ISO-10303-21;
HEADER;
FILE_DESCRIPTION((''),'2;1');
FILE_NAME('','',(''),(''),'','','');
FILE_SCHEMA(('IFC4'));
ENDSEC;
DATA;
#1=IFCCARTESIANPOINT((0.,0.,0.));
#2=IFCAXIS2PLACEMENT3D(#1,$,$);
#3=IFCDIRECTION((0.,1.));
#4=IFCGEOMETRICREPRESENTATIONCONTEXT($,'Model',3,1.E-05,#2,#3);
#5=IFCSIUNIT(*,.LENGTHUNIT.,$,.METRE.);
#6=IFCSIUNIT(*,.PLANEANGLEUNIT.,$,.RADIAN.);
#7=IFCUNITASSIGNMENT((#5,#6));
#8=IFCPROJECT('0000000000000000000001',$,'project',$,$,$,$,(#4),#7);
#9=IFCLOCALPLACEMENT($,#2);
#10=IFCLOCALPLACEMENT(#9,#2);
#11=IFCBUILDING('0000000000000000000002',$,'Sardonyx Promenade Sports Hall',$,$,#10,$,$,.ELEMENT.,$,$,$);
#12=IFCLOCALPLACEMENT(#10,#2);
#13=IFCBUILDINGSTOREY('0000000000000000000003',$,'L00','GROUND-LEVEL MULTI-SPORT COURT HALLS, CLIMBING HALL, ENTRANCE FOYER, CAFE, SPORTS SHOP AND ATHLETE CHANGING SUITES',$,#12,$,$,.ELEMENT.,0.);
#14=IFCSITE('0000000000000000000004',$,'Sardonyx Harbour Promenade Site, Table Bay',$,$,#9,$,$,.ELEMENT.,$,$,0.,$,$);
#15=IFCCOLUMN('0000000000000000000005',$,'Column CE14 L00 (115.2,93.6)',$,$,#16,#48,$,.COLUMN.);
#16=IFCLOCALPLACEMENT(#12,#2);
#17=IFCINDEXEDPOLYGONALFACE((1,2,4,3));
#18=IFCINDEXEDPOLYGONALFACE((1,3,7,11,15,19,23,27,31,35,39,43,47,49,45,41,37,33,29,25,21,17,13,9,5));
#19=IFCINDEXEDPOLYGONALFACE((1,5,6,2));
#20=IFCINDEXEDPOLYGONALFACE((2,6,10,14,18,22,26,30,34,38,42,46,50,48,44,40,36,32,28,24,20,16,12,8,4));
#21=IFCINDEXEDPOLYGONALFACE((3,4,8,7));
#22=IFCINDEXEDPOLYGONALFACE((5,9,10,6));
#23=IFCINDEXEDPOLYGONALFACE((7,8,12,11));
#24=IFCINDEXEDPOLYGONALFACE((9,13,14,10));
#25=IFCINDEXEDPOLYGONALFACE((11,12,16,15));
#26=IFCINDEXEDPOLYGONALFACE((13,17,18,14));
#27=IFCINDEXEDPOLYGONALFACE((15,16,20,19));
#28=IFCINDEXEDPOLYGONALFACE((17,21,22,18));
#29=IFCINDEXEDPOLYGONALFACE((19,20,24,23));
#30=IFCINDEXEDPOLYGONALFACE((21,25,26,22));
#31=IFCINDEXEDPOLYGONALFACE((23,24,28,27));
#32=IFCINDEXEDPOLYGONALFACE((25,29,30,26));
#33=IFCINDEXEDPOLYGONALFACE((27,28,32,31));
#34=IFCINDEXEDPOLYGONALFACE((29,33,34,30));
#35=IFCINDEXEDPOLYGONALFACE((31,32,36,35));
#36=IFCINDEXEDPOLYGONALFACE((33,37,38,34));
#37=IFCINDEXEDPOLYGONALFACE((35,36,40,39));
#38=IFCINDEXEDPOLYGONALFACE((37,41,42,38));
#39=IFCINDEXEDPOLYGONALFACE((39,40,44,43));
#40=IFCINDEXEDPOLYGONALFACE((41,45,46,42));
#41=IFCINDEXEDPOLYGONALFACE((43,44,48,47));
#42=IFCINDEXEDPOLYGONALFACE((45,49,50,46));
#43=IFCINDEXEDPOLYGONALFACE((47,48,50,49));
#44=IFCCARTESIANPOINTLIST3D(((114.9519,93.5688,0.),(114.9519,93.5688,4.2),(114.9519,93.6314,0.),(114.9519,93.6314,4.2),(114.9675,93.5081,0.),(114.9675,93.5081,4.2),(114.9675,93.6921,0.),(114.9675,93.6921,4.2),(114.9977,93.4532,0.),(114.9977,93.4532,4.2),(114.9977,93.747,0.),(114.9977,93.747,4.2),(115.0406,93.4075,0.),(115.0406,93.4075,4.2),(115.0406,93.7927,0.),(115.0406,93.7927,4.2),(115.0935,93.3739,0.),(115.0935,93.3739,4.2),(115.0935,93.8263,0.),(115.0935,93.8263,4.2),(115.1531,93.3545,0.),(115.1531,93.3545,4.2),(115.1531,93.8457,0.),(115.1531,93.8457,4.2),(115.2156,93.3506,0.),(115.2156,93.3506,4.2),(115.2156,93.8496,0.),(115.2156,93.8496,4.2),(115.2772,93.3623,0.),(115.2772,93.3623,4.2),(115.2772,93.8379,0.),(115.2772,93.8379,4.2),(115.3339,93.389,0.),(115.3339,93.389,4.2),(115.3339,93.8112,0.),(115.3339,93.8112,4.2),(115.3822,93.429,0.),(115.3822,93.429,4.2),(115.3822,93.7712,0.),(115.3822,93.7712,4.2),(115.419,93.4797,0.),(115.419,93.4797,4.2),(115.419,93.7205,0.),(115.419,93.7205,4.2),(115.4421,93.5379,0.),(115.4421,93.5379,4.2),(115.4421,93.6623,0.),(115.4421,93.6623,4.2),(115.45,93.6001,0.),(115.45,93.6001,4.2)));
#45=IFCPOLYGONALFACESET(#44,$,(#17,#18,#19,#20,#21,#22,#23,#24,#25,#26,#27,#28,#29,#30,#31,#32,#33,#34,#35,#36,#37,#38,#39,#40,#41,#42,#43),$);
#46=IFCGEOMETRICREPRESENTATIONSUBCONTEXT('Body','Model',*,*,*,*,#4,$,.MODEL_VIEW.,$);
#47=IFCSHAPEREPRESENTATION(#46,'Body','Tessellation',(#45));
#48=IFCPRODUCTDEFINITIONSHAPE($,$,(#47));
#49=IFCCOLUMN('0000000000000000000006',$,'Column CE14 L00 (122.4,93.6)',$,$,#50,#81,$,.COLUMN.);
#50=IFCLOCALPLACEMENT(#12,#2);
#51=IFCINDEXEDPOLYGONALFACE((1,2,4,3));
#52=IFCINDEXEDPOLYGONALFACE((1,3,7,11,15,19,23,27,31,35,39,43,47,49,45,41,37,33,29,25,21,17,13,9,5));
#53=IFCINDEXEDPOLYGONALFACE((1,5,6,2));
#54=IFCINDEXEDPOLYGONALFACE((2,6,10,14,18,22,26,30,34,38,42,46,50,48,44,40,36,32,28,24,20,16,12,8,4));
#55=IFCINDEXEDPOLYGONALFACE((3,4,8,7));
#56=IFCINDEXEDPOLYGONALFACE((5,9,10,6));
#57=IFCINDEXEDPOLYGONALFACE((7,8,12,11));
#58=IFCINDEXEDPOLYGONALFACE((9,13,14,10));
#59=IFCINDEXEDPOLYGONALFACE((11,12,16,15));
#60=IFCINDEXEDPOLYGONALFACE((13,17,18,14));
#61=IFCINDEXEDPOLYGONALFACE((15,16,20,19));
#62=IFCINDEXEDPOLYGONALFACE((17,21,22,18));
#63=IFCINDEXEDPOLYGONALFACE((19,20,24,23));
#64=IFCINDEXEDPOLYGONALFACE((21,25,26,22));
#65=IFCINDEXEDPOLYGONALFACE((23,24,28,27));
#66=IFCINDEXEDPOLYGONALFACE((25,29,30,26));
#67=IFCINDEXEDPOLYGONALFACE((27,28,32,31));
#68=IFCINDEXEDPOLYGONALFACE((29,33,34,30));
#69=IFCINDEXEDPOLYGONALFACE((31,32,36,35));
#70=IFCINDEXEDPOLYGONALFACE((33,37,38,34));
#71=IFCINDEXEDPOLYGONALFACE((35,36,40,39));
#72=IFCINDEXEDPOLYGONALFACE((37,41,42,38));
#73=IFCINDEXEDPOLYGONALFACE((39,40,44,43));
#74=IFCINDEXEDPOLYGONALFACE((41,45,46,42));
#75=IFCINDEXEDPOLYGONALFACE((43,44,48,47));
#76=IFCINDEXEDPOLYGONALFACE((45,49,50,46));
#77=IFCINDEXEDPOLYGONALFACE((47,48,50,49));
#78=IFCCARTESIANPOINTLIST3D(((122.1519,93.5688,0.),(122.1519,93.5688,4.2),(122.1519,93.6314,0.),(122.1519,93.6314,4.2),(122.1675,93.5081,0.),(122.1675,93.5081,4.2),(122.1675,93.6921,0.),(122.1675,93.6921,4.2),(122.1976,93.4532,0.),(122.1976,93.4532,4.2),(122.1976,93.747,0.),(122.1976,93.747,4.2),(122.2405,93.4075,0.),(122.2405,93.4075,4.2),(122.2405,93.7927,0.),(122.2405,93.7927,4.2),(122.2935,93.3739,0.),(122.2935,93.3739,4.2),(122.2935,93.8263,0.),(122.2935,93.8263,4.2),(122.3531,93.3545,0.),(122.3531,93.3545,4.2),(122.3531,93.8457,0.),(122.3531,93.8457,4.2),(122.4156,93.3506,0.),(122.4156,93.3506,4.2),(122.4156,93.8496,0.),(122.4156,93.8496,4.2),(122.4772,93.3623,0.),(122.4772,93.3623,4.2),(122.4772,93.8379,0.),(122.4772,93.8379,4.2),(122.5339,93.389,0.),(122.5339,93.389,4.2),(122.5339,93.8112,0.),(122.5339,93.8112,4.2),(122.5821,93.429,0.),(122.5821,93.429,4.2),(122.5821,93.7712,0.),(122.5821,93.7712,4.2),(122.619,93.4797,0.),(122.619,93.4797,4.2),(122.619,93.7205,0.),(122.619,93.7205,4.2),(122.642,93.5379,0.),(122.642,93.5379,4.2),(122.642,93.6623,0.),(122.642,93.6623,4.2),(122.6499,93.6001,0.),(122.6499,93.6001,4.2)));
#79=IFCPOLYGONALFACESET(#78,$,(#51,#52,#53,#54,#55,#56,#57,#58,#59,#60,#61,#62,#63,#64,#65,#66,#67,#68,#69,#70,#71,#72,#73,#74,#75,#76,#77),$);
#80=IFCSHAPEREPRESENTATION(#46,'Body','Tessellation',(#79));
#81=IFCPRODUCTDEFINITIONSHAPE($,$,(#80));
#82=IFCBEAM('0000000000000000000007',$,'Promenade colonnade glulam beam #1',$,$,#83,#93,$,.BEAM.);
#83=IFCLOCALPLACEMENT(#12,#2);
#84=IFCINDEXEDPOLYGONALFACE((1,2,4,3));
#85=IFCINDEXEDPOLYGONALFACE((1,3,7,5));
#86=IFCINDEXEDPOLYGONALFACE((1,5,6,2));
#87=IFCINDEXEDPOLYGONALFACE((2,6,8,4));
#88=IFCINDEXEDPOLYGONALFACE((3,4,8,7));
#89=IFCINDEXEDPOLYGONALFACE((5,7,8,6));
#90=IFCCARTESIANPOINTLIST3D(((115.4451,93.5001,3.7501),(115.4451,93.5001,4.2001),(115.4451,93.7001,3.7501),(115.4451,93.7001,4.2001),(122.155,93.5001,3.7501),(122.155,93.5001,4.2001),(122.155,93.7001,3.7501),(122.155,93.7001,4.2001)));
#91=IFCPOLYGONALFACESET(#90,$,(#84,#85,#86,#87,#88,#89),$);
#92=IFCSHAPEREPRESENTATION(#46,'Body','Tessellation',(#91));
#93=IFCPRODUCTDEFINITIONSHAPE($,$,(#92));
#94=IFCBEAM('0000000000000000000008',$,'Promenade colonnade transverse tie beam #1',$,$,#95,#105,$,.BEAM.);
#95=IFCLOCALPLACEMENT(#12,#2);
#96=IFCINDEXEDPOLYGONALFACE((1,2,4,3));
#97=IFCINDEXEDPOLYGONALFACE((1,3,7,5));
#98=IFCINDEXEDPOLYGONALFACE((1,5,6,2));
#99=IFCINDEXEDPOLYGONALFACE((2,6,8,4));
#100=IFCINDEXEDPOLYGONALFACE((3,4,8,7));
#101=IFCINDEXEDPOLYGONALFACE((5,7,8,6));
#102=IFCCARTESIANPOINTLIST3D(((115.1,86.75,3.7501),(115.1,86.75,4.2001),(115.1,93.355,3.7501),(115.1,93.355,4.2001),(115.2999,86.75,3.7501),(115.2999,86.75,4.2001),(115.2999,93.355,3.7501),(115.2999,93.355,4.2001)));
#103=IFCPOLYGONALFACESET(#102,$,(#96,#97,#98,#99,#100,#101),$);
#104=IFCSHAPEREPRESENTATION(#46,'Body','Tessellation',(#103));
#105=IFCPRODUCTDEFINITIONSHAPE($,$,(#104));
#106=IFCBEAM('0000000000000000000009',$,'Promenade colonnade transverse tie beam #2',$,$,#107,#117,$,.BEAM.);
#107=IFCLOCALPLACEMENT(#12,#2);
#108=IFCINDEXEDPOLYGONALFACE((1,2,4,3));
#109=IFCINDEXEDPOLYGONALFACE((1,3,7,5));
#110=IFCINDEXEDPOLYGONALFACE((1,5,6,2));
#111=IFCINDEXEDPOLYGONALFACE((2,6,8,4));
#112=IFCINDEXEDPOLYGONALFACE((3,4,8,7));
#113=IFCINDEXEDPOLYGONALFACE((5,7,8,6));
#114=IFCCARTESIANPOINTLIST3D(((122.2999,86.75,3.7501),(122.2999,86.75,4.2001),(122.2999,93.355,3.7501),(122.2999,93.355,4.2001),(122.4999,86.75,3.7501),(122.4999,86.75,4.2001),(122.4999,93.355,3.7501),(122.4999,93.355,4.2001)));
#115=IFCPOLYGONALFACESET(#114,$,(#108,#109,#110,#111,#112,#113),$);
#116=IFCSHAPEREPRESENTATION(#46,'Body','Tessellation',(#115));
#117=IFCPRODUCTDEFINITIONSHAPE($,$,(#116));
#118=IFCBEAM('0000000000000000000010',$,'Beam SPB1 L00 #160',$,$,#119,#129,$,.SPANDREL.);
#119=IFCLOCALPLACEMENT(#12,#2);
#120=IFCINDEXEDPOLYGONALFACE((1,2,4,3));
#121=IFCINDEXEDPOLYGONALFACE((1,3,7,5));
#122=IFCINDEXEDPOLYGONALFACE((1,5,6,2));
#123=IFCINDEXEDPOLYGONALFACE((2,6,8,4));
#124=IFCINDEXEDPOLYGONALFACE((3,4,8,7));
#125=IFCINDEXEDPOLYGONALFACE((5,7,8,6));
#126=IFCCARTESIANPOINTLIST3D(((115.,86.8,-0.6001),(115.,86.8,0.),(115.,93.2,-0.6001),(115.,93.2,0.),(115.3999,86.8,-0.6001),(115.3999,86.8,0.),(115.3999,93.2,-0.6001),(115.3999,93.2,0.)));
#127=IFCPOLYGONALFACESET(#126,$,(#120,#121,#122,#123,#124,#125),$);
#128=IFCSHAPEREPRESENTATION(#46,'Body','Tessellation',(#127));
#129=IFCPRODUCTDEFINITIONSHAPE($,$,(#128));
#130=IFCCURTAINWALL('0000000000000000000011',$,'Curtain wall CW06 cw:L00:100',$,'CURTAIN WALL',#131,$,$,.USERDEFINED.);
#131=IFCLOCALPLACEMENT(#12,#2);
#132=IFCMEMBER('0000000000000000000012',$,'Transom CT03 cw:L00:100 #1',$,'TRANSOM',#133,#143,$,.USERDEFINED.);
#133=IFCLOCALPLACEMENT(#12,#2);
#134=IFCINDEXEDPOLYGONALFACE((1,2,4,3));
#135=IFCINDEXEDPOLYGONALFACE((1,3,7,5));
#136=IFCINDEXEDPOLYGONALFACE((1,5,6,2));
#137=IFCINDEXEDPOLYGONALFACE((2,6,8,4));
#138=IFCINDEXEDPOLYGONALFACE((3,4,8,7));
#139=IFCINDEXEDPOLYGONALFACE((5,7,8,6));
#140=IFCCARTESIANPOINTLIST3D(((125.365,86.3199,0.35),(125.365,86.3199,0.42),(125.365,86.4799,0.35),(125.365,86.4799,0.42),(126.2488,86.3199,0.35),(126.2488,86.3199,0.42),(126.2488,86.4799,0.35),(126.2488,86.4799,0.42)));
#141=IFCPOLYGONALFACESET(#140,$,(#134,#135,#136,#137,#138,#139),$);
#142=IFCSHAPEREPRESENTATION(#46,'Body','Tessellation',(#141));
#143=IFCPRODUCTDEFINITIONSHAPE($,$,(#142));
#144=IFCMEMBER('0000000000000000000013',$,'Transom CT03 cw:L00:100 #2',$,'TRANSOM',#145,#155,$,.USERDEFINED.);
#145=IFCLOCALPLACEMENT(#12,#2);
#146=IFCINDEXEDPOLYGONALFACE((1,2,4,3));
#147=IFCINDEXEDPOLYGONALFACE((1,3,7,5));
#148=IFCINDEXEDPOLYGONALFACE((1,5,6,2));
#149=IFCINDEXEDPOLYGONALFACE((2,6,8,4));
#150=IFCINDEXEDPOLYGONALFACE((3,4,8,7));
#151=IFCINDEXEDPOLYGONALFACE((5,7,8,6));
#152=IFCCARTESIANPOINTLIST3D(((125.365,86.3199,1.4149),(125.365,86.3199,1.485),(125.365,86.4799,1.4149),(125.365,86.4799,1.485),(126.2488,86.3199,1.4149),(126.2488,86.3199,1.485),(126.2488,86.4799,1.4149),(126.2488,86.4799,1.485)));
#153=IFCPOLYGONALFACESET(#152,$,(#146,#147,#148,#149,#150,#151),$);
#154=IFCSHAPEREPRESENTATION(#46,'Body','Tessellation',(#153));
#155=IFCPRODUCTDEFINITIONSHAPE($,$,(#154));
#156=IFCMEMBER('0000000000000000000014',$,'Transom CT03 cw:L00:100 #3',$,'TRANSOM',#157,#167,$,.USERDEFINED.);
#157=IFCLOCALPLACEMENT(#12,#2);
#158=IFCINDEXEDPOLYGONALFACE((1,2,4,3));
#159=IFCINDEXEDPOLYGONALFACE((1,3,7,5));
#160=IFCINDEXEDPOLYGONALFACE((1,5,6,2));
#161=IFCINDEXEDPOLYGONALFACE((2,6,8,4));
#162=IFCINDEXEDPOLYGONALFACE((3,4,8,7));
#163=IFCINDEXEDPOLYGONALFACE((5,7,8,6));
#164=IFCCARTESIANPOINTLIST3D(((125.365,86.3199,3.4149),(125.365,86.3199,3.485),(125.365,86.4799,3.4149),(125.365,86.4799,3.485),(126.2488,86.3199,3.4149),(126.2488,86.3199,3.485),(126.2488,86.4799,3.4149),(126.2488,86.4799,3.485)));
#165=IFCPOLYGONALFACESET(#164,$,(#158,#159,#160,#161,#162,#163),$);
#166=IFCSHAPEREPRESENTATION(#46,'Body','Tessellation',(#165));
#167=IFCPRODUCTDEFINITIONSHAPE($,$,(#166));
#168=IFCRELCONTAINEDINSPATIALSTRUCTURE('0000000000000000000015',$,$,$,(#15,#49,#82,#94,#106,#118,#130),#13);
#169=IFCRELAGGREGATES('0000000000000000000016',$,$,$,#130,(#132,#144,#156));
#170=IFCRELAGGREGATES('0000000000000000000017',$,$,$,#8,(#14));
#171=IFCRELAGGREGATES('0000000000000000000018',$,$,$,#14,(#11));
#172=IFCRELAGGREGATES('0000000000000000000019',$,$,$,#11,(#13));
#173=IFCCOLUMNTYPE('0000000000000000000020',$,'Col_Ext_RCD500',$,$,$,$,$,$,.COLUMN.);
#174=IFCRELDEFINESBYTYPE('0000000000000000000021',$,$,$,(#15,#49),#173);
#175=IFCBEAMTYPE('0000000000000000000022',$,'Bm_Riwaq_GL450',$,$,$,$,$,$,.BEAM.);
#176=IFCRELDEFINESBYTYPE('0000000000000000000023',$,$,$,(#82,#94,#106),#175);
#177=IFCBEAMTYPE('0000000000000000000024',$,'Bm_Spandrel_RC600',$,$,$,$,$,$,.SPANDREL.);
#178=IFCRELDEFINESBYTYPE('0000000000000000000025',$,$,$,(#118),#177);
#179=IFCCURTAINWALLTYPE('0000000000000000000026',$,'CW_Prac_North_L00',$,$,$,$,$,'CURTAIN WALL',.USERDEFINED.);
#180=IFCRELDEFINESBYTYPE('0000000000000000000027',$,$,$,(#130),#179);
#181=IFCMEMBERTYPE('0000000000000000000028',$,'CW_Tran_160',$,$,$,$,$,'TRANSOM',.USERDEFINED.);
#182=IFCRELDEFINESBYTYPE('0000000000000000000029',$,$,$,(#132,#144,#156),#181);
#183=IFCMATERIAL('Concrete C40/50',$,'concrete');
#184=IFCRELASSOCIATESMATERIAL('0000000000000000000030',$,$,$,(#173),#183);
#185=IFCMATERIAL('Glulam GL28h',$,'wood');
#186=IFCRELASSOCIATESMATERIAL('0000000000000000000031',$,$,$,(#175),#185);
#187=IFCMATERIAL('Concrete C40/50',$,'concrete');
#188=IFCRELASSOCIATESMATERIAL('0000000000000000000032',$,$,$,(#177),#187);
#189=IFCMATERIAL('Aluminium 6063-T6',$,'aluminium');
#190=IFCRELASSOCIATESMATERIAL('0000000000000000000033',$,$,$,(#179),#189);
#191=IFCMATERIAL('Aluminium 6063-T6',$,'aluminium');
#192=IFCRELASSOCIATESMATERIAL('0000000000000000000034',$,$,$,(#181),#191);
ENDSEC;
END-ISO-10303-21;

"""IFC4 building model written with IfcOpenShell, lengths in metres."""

from ifc_helpers import new_model, si_unit, direction, frame, origin, origin_2d, place, context, subcontext, project, spatial, rectangle, circle, extrude, material, material_profile, profile_set, type_object, element, aggregate, save


model = new_model("IFC4")

# Units and contexts
model_context = context("Model", 3, precision=1e-05, world=origin(), true_north=direction((0.0, 1.0)))
body_context = subcontext(model_context, "Body", "Model", "MODEL_VIEW")
ifc_project = project(units=[si_unit("LENGTHUNIT", "METRE"), si_unit("PLANEANGLEUNIT", "RADIAN")], contexts=[model_context])

# Site, building, storey
site_placement = place(None, origin())
site = spatial("IfcSite", under=ifc_project, at=site_placement, Name="Sardonyx Harbour Promenade Site, Table Bay", CompositionType="ELEMENT", RefElevation=0.0)
building_placement = place(site_placement, origin())
building = spatial("IfcBuilding", under=site, at=building_placement, Name="Sardonyx Promenade Sports Hall", CompositionType="ELEMENT")
storey_placement = place(building_placement, origin())
storey = spatial("IfcBuildingStorey", under=building, at=storey_placement, Name="L00", Description="GROUND-LEVEL MULTI-SPORT COURT HALLS, CLIMBING HALL, ENTRANCE FOYER, CAFE, SPORTS SHOP AND ATHLETE CHANGING SUITES", CompositionType="ELEMENT", Elevation=0.0)

# Columns
ifc_material_1 = material(Name="Concrete C40/50", Category="concrete")
ifc_material_profile_1 = material_profile(ifc_material_1, circle(Radius=0.25, at=origin_2d()))
ifc_profile_set_1 = profile_set([ifc_material_profile_1], Name="Concrete C40/50")
column_type = type_object("IfcColumnType", Name="Col_Ext_RCD500", PredefinedType="COLUMN", material=ifc_profile_set_1)
for number, where, z_axis, x_axis, name in (
    (1, (115.2, 93.6001, 0.0), (0.0, 0.0, 1.0), (1.0, 0.0, 0.0), "Column CE14 L00 (115.2,93.6)"),
    (2, (122.3999, 93.6001, 0.0), (0.0, 0.0, 1.0), (1.0, 0.0, 0.0), "Column CE14 L00 (122.4,93.6)"),
):
    element("IfcColumn", number, at=place(storey_placement, frame(where, z_axis=z_axis, x_axis=x_axis)), inside=storey, type_object=column_type, Name=name, PredefinedType="COLUMN", context=body_context, shape_type="SweptSolid", body=[
        extrude(circle(Radius=0.25, at=origin_2d()), origin(), (0.0, 0.0, 1.0), 4.2),
    ])

# Beams
ifc_material_2 = material(Name="Glulam GL28h", Category="wood")
ifc_material_profile_2 = material_profile(ifc_material_2, rectangle(XDim=0.2, YDim=0.45, at=origin_2d()))
ifc_profile_set_2 = profile_set([ifc_material_profile_2], Name="Glulam GL28h")
beam_type_1 = type_object("IfcBeamType", Name="Bm_Riwaq_GL450", PredefinedType="BEAM", material=ifc_profile_set_2)
beam_1_placement = place(storey_placement, frame((115.4451, 93.6001, 3.9751), z_axis=(1.0, 0.0, 0.0), x_axis=(0.0, 1.0, 0.0)))
element("IfcBeam", 3, at=beam_1_placement, inside=storey, type_object=beam_type_1, Name="Promenade colonnade glulam beam #1", PredefinedType="BEAM", context=body_context, shape_type="SweptSolid", body=[
    extrude(rectangle(XDim=0.2, YDim=0.45, at=origin_2d()), origin(), (0.0, 0.0, 1.0), 6.71),
])
for number, where, z_axis, x_axis, name in (
    (4, (115.2, 86.75, 3.9751), (0.0, 1.0, 0.0), (-1.0, 0.0, 0.0), "Promenade colonnade transverse tie beam #1"),
    (5, (122.3999, 86.75, 3.9751), (0.0, 1.0, 0.0), (-1.0, 0.0, 0.0), "Promenade colonnade transverse tie beam #2"),
):
    element("IfcBeam", number, at=place(storey_placement, frame(where, z_axis=z_axis, x_axis=x_axis)), inside=storey, type_object=beam_type_1, Name=name, PredefinedType="BEAM", context=body_context, shape_type="SweptSolid", body=[
        extrude(rectangle(XDim=0.2, YDim=0.45, at=origin_2d()), origin(), (0.0, 0.0, 1.0), 6.605),
    ])
ifc_material_3 = material(Name="Concrete C40/50", Category="concrete")
ifc_material_profile_3 = material_profile(ifc_material_3, rectangle(XDim=0.3999, YDim=0.6001, at=origin_2d()))
ifc_profile_set_3 = profile_set([ifc_material_profile_3], Name="Concrete C40/50")
beam_type_2 = type_object("IfcBeamType", Name="Bm_Spandrel_RC600", PredefinedType="SPANDREL", material=ifc_profile_set_3)
beam_2_placement = place(storey_placement, frame((115.2, 86.8, -0.3), z_axis=(0.0, 1.0, 0.0), x_axis=(-1.0, 0.0, 0.0)))
element("IfcBeam", 6, at=beam_2_placement, inside=storey, type_object=beam_type_2, Name="Beam SPB1 L00 #160", PredefinedType="SPANDREL", context=body_context, shape_type="SweptSolid", body=[
    extrude(rectangle(XDim=0.3999, YDim=0.6001, at=origin_2d()), origin(), (0.0, 0.0, 1.0), 6.3999),
])

# Curtain wall, members
ifc_material_4 = material(Name="Aluminium 6063-T6", Category="aluminium")
curtain_wall_type = type_object("IfcCurtainWallType", Name="CW_Prac_North_L00", ElementType="CURTAIN WALL", PredefinedType="USERDEFINED", material=ifc_material_4)
curtain_wall_placement = place(storey_placement, origin())
curtain_wall = element("IfcCurtainWall", 7, at=curtain_wall_placement, inside=storey, type_object=curtain_wall_type, Name="Curtain wall CW06 cw:L00:100", ObjectType="CURTAIN WALL", PredefinedType="USERDEFINED")
ifc_material_5 = material(Name="Aluminium 6063-T6", Category="aluminium")
ifc_material_profile_4 = material_profile(ifc_material_5, rectangle(XDim=0.0701, YDim=0.1599, at=origin_2d()))
ifc_profile_set_4 = profile_set([ifc_material_profile_4], Name="Aluminium 6063-T6")
member_type_1 = type_object("IfcMemberType", Name="CW_Tran_160", ElementType="TRANSOM", PredefinedType="USERDEFINED", material=ifc_profile_set_4)
member_1_placement = place(storey_placement, frame((125.365, 86.3999, 0.385), z_axis=(1.0, 0.0, 0.0), x_axis=(0.0, 0.0, 1.0)))
member_1 = element("IfcMember", 8, at=member_1_placement, type_object=member_type_1, Name="Transom CT03 cw:L00:100 #1", ObjectType="TRANSOM", PredefinedType="USERDEFINED", context=body_context, shape_type="SweptSolid", body=[
    extrude(rectangle(XDim=0.0701, YDim=0.1599, at=origin_2d()), origin(), (0.0, 0.0, 1.0), 0.8838),
])
member_2_placement = place(storey_placement, frame((125.365, 86.3999, 1.45), z_axis=(1.0, 0.0, 0.0), x_axis=(0.0, 0.0, 1.0)))
member_2 = element("IfcMember", 9, at=member_2_placement, type_object=member_type_1, Name="Transom CT03 cw:L00:100 #2", ObjectType="TRANSOM", PredefinedType="USERDEFINED", context=body_context, shape_type="SweptSolid", body=[
    extrude(rectangle(XDim=0.0701, YDim=0.1599, at=origin_2d()), origin(), (0.0, 0.0, 1.0), 0.8838),
])
member_3_placement = place(storey_placement, frame((125.365, 86.3999, 3.45), z_axis=(1.0, 0.0, 0.0), x_axis=(0.0, 0.0, 1.0)))
member_3 = element("IfcMember", 10, at=member_3_placement, type_object=member_type_1, Name="Transom CT03 cw:L00:100 #3", ObjectType="TRANSOM", PredefinedType="USERDEFINED", context=body_context, shape_type="SweptSolid", body=[
    extrude(rectangle(XDim=0.0701, YDim=0.1599, at=origin_2d()), origin(), (0.0, 0.0, 1.0), 0.8838),
])
aggregate(curtain_wall, [member_1, member_2, member_3])

save(model, "model.ifc")
